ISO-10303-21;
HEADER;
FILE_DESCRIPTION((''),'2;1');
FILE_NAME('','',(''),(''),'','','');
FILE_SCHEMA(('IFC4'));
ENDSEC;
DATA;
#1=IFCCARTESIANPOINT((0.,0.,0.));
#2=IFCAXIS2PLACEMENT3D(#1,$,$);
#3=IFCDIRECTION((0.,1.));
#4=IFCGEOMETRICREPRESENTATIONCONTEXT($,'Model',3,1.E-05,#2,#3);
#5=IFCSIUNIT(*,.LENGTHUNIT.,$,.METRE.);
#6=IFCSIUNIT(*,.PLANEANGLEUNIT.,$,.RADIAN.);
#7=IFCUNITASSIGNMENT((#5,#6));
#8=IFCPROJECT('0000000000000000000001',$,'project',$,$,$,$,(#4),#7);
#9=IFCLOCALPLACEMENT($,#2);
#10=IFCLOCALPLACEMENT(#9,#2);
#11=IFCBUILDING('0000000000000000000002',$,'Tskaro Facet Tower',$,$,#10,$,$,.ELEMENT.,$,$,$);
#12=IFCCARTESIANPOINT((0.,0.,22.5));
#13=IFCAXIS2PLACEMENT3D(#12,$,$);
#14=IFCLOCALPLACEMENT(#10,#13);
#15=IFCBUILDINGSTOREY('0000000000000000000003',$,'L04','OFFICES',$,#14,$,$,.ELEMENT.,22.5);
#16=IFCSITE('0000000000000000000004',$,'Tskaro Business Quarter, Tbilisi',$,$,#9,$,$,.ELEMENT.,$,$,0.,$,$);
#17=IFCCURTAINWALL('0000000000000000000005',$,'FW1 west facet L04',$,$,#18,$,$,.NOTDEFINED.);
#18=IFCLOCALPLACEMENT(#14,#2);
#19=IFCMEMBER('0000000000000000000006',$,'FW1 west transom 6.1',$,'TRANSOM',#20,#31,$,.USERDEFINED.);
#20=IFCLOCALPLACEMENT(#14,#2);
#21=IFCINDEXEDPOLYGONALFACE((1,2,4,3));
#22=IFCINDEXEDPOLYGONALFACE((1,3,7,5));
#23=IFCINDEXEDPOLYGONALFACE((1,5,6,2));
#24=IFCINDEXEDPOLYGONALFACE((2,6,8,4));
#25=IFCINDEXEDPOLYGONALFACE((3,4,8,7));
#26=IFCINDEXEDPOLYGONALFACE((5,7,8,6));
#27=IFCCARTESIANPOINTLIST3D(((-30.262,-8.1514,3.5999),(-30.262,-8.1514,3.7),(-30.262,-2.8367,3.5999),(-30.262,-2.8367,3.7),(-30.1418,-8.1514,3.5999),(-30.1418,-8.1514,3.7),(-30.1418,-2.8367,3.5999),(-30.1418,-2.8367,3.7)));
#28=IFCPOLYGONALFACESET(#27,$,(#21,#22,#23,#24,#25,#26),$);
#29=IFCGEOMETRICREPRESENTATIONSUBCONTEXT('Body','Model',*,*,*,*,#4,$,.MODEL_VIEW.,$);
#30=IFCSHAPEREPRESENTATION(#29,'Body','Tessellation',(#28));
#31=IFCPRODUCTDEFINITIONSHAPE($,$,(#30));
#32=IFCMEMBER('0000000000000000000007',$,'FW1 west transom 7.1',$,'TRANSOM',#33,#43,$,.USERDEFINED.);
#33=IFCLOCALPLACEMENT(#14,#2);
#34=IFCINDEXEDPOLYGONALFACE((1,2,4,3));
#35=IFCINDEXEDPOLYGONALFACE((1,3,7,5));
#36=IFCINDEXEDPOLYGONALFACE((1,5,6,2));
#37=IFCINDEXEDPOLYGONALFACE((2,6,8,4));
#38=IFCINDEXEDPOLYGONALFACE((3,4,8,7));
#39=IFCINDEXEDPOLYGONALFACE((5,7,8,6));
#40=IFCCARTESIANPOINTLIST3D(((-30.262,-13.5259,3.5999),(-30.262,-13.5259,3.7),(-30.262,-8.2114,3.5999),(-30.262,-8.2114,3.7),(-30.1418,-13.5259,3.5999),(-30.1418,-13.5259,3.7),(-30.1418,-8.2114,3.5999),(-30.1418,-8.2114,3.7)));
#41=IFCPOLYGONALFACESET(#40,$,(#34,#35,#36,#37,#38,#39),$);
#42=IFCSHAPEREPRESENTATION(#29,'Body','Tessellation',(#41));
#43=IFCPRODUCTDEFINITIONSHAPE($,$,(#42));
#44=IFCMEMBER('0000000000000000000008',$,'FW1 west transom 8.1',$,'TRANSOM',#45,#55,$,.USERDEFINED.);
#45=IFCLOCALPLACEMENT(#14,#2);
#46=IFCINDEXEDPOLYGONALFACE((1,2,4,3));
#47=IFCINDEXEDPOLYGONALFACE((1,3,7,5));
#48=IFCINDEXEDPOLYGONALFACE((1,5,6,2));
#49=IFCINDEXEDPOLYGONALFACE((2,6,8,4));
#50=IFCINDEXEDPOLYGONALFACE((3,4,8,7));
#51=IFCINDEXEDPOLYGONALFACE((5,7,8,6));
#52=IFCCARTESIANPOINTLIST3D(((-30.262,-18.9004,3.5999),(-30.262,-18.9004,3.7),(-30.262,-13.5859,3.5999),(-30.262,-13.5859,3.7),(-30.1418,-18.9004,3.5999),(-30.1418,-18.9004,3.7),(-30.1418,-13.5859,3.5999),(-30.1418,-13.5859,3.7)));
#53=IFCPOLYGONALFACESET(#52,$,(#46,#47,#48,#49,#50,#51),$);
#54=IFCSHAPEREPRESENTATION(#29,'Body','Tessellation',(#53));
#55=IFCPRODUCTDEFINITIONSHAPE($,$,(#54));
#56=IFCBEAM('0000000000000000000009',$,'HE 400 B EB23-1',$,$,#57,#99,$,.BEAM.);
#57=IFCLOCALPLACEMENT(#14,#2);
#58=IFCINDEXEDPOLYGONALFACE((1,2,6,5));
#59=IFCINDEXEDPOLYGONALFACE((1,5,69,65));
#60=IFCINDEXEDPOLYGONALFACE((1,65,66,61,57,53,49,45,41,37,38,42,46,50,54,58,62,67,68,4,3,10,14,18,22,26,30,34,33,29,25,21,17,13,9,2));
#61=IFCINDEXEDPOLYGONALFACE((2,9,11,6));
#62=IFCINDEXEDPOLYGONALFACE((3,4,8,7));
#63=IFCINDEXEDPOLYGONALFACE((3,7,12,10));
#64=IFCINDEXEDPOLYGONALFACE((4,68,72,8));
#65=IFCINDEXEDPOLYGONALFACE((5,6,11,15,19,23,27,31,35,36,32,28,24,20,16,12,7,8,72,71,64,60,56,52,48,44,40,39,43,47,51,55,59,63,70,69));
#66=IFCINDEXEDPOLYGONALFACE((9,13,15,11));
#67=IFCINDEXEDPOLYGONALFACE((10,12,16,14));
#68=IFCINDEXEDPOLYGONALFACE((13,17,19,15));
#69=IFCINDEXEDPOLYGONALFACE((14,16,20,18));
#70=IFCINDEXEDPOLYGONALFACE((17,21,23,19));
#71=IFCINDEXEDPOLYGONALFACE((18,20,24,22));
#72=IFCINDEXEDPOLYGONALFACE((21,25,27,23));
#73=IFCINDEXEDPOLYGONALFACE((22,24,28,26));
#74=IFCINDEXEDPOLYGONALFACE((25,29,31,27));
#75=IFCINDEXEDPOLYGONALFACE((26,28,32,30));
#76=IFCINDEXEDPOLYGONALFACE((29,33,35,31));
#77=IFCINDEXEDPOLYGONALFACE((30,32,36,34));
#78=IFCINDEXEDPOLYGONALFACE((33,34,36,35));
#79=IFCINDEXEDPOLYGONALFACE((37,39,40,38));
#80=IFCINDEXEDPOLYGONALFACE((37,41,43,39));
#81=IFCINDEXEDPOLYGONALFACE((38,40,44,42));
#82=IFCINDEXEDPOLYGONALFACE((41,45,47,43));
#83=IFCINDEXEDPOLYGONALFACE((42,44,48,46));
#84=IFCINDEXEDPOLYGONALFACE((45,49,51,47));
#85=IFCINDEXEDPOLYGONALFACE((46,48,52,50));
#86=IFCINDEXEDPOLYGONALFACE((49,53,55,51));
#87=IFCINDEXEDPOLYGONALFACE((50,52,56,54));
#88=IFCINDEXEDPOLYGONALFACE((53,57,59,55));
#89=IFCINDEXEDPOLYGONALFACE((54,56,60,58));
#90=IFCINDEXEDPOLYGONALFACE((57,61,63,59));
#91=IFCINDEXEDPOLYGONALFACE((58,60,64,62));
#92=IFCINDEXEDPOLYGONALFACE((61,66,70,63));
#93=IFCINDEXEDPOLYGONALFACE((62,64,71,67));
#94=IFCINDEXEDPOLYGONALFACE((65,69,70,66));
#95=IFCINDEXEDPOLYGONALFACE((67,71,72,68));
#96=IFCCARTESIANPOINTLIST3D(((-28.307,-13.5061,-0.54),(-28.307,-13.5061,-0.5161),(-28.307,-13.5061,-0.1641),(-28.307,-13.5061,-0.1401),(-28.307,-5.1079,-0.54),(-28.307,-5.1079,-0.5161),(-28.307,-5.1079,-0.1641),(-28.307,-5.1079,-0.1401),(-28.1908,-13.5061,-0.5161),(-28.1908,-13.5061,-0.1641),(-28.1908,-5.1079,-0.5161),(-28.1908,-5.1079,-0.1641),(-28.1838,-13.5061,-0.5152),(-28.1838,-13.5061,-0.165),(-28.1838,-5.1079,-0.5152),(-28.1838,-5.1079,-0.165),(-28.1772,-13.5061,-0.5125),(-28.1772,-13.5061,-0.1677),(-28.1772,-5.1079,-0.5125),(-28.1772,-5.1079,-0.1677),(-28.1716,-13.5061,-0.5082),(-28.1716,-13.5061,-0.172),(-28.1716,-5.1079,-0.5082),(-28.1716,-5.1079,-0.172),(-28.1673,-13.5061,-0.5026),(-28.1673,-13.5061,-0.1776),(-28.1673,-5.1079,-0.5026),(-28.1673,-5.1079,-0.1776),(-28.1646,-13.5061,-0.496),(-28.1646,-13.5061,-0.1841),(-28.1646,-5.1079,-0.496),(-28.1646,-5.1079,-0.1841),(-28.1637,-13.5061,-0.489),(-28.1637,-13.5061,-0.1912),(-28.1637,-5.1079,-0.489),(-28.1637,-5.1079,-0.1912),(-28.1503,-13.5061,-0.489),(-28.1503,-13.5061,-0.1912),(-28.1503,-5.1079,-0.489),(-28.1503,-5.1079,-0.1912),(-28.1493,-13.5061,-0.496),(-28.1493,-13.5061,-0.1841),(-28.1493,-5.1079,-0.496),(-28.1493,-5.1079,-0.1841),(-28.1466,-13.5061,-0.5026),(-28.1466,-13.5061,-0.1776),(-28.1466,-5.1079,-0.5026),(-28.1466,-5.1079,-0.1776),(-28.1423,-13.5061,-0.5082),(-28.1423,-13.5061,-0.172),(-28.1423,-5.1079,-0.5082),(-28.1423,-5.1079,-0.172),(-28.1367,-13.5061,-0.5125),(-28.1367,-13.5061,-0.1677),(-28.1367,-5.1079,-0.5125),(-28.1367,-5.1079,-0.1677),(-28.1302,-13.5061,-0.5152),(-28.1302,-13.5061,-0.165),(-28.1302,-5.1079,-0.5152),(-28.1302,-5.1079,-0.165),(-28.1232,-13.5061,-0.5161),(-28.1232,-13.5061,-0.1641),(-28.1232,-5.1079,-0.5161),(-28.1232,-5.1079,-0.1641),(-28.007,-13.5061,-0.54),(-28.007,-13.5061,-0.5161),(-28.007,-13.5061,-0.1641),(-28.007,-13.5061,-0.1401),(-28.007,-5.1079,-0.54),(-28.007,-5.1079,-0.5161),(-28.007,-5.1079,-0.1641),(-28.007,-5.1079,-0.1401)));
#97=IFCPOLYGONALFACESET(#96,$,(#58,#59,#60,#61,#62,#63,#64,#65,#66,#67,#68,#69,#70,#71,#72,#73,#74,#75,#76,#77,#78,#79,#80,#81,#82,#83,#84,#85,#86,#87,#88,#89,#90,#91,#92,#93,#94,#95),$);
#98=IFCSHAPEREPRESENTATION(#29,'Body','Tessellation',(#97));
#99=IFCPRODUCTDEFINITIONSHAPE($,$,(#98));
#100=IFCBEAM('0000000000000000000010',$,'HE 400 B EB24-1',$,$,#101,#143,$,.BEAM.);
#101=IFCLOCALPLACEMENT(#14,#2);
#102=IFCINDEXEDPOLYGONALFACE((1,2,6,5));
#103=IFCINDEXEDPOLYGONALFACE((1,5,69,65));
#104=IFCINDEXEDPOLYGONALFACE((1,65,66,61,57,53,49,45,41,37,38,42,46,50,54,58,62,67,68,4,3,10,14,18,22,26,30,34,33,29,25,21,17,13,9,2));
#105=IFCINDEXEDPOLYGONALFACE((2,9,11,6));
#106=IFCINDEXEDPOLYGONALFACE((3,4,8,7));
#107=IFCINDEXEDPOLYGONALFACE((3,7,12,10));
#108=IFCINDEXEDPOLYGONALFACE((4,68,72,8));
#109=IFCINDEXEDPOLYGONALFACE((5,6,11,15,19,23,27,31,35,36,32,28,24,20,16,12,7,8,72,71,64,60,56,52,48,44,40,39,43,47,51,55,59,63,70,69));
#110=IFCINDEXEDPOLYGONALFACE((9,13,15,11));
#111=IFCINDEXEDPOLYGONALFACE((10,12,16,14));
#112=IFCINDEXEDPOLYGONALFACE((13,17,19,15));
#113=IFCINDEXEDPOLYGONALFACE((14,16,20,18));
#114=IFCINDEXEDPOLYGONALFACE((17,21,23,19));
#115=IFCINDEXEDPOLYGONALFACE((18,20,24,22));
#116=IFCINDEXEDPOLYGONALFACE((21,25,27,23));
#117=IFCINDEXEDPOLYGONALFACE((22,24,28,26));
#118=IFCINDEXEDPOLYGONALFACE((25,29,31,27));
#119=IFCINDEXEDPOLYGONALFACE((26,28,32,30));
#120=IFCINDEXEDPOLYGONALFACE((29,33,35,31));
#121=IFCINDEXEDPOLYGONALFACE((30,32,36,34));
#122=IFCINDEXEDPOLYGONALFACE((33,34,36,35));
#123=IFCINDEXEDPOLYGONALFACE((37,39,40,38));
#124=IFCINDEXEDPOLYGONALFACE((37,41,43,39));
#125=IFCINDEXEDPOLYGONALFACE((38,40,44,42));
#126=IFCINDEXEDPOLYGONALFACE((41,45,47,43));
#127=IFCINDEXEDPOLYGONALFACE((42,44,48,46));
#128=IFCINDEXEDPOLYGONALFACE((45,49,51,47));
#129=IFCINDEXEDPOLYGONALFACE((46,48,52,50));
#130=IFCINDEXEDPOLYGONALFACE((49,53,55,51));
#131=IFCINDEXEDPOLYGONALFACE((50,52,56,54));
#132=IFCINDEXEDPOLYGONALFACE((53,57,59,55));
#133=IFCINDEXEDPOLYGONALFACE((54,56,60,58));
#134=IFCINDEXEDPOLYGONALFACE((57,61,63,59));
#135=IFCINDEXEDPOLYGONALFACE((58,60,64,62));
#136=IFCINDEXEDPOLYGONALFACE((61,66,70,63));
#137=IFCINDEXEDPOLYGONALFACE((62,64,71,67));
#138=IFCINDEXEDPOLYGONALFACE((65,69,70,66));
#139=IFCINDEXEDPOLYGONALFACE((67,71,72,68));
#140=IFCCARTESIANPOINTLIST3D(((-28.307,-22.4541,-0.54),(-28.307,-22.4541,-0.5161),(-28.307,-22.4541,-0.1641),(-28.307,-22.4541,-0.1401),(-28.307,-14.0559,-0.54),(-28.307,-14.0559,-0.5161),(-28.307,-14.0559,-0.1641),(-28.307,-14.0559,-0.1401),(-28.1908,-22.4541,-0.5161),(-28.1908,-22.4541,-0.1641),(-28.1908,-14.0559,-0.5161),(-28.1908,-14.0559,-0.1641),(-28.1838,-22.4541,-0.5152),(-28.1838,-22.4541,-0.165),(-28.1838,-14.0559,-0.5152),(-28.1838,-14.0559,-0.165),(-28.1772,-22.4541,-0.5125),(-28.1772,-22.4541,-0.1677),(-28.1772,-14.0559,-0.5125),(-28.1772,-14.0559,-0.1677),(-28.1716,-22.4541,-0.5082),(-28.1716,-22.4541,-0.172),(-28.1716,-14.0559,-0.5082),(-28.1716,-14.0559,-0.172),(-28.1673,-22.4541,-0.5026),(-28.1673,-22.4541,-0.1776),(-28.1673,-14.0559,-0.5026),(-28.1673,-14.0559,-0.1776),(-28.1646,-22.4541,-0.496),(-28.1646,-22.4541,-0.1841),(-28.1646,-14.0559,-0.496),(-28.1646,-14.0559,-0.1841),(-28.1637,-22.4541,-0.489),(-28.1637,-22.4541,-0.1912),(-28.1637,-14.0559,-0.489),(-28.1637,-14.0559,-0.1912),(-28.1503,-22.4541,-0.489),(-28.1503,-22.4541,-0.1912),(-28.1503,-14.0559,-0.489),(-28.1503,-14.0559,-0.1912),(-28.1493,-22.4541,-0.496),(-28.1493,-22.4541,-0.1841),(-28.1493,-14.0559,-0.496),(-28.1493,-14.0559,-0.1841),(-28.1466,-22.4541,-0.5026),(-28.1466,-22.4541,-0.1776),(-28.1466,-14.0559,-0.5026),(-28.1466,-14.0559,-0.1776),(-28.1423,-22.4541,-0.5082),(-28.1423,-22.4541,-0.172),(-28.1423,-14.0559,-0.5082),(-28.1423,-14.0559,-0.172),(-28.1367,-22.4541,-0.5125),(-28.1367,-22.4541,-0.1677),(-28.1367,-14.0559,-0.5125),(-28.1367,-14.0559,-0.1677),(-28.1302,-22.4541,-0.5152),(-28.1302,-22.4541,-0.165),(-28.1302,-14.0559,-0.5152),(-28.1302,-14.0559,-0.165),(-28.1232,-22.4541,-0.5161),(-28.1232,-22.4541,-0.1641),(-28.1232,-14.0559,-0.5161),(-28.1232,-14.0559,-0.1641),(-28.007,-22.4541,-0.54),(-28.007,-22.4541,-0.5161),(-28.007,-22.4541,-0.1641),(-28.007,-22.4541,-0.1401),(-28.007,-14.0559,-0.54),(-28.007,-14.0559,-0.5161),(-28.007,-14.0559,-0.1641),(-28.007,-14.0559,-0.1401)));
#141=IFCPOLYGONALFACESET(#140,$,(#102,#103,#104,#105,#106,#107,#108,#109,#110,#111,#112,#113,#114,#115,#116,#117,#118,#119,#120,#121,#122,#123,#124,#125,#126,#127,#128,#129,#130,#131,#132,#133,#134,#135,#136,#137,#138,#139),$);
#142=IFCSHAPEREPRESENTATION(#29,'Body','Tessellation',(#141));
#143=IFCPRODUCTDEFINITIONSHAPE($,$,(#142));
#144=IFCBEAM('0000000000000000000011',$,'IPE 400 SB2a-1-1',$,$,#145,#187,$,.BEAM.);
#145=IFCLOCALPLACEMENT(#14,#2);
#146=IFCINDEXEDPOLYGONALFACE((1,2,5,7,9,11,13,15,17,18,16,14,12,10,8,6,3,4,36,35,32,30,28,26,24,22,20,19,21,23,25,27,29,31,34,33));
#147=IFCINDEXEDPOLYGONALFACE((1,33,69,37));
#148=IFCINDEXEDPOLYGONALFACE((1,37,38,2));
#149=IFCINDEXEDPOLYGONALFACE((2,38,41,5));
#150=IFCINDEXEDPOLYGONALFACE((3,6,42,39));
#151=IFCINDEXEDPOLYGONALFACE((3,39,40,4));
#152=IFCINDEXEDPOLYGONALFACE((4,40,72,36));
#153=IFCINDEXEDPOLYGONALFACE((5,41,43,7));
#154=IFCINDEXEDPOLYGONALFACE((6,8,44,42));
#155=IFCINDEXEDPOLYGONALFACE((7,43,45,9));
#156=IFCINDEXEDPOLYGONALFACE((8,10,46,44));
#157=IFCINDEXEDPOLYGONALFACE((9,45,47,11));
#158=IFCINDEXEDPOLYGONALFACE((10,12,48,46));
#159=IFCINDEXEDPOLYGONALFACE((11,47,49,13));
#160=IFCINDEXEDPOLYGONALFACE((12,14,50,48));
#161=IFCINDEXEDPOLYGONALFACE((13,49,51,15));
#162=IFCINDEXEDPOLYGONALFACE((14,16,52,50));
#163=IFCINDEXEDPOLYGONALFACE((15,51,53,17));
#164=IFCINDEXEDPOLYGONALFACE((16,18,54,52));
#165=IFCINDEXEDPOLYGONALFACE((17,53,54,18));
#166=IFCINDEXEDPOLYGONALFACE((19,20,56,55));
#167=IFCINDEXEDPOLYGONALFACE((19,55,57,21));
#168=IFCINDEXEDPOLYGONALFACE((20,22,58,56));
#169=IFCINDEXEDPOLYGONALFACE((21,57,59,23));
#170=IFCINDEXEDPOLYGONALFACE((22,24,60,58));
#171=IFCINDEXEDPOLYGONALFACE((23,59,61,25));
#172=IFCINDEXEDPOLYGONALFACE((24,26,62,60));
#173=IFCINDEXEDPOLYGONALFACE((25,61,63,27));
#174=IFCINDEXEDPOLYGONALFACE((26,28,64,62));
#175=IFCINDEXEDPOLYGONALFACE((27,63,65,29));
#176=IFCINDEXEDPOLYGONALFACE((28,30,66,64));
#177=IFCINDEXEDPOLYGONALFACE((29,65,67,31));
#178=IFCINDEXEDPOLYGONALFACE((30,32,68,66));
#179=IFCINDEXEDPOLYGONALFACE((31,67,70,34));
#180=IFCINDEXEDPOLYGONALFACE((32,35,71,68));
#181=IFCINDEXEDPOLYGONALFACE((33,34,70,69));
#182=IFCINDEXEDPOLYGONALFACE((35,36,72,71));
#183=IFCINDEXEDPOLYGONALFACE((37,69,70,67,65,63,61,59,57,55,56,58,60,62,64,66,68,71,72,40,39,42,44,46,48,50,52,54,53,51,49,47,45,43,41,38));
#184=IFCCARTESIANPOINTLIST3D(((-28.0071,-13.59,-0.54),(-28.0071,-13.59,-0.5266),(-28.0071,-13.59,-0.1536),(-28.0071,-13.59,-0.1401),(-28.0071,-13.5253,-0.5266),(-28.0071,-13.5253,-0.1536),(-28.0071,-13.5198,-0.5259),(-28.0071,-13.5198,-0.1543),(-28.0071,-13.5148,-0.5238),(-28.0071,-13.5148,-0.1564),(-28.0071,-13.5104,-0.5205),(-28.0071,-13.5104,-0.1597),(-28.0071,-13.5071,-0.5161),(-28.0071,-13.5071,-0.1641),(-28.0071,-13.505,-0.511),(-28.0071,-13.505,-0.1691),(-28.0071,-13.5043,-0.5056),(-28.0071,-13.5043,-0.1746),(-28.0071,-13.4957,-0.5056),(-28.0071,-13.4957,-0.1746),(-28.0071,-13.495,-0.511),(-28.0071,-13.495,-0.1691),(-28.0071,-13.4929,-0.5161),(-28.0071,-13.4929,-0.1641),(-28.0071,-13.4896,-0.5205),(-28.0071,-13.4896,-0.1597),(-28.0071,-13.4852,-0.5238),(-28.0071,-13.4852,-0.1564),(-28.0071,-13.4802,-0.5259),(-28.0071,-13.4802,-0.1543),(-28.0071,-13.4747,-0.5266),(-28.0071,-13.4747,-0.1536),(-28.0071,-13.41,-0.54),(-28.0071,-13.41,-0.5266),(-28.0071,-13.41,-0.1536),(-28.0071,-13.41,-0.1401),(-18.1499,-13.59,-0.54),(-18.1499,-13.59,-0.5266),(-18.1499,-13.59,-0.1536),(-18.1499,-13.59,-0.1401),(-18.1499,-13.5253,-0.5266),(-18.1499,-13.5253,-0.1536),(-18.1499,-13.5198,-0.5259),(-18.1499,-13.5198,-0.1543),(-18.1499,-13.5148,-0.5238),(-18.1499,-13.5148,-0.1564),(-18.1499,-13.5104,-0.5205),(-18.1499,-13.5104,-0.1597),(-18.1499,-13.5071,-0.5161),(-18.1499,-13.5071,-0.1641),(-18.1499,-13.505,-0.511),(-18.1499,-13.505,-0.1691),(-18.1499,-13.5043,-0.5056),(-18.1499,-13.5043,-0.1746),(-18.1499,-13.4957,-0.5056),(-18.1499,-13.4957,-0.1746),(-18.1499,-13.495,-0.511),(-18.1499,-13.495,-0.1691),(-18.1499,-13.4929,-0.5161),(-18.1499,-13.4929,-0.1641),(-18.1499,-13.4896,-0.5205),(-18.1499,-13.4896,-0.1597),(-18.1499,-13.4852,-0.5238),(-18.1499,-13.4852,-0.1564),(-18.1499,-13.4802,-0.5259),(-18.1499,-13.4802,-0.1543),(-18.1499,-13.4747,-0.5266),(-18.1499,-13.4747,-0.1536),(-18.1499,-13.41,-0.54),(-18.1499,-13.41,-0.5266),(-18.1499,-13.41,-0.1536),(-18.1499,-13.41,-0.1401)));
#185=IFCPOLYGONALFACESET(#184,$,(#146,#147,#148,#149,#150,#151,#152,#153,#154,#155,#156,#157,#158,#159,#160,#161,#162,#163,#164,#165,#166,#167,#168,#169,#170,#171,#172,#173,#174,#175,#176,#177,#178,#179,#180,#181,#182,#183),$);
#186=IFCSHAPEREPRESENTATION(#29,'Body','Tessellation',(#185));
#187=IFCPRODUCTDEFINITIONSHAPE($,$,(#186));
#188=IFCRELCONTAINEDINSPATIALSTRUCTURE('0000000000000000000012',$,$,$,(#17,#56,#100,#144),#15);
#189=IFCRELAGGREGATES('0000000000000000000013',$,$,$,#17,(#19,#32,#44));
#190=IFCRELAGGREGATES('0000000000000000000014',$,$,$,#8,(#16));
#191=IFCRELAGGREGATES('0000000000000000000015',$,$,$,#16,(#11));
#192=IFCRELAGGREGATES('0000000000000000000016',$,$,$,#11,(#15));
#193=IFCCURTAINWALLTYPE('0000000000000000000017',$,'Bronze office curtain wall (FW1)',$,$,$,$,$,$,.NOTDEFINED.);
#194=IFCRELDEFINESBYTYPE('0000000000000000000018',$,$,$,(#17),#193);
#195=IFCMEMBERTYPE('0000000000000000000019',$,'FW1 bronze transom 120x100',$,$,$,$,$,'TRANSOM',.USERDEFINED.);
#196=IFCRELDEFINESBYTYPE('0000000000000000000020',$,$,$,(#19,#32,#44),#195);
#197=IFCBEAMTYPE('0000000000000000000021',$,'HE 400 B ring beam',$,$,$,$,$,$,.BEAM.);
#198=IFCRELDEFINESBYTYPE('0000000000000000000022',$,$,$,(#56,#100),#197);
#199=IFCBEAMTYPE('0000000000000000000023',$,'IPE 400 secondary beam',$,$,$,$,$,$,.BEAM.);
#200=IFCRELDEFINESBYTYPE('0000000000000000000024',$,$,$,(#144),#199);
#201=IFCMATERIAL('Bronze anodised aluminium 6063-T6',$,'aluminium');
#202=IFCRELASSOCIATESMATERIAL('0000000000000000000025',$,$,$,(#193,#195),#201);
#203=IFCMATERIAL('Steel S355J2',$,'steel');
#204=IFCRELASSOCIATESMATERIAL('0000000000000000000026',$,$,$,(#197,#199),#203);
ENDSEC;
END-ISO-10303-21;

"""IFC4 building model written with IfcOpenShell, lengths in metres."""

from ifc_helpers import new_model, si_unit, direction, frame, origin, origin_2d, place, context, subcontext, project, spatial, rectangle, i_section, extrude, material, material_profile, profile_set, type_object, element, aggregate, save


model = new_model("IFC4")

# Units and contexts
model_context = context("Model", 3, precision=1e-05, world=origin(), true_north=direction((0.0, 1.0)))
body_context = subcontext(model_context, "Body", "Model", "MODEL_VIEW")
ifc_project = project(units=[si_unit("LENGTHUNIT", "METRE"), si_unit("PLANEANGLEUNIT", "RADIAN")], contexts=[model_context])

# Site, building, storey
site_placement = place(None, origin())
site = spatial("IfcSite", under=ifc_project, at=site_placement, Name="Tskaro Business Quarter, Tbilisi", CompositionType="ELEMENT", RefElevation=0.0)
building_placement = place(site_placement, origin())
building = spatial("IfcBuilding", under=site, at=building_placement, Name="Tskaro Facet Tower", CompositionType="ELEMENT")
storey_placement = place(building_placement, frame((0.0, 0.0, 22.5)))
storey = spatial("IfcBuildingStorey", under=building, at=storey_placement, Name="L04", Description="OFFICES", CompositionType="ELEMENT", Elevation=22.5)

# Curtain wall, members
ifc_material_1 = material(Name="Bronze anodised aluminium 6063-T6", Category="aluminium")
curtain_wall_type = type_object("IfcCurtainWallType", Name="Bronze office curtain wall (FW1)", PredefinedType="NOTDEFINED", material=ifc_material_1)
curtain_wall_placement = place(storey_placement, origin())
curtain_wall = element("IfcCurtainWall", 1, at=curtain_wall_placement, inside=storey, type_object=curtain_wall_type, Name="FW1 west facet L04", PredefinedType="NOTDEFINED")
ifc_material_profile_1 = material_profile(ifc_material_1, rectangle(XDim=0.1201, YDim=0.1001, at=origin_2d()), Name="Transom 120x100")
ifc_profile_set_1 = profile_set([ifc_material_profile_1], Name="Bronze anodised aluminium 6063-T6")
member_type_1 = type_object("IfcMemberType", Name="FW1 bronze transom 120x100", ElementType="TRANSOM", PredefinedType="USERDEFINED", material=ifc_profile_set_1)
member_1_placement = place(storey_placement, frame((-30.2019, -2.8367, 3.6499), z_axis=(0.0, -1.0, 0.0), x_axis=(1.0, 0.0, 0.0)))
member_1 = element("IfcMember", 2, at=member_1_placement, type_object=member_type_1, Name="FW1 west transom 6.1", ObjectType="TRANSOM", PredefinedType="USERDEFINED", context=body_context, shape_type="SweptSolid", body=[
    extrude(rectangle(XDim=0.1201, YDim=0.1001, at=origin_2d()), origin(), (0.0, 0.0, 1.0), 5.3147),
])
member_2_placement = place(storey_placement, frame((-30.2019, -8.2114, 3.6499), z_axis=(0.0, -1.0, 0.0), x_axis=(1.0, 0.0, 0.0)))
member_2 = element("IfcMember", 3, at=member_2_placement, type_object=member_type_1, Name="FW1 west transom 7.1", ObjectType="TRANSOM", PredefinedType="USERDEFINED", context=body_context, shape_type="SweptSolid", body=[
    extrude(rectangle(XDim=0.1201, YDim=0.1001, at=origin_2d()), origin(), (0.0, 0.0, 1.0), 5.3145),
])
member_3_placement = place(storey_placement, frame((-30.2019, -13.5859, 3.6499), z_axis=(0.0, -1.0, 0.0), x_axis=(1.0, 0.0, 0.0)))
member_3 = element("IfcMember", 4, at=member_3_placement, type_object=member_type_1, Name="FW1 west transom 8.1", ObjectType="TRANSOM", PredefinedType="USERDEFINED", context=body_context, shape_type="SweptSolid", body=[
    extrude(rectangle(XDim=0.1201, YDim=0.1001, at=origin_2d()), origin(), (0.0, 0.0, 1.0), 5.3145),
])

# Beams
ifc_material_2 = material(Name="Steel S355J2", Category="steel")
ifc_material_profile_2 = material_profile(ifc_material_2, i_section(OverallWidth=0.3, OverallDepth=0.3999, WebThickness=0.0134, FlangeThickness=0.0239, FilletRadius=0.0271, at=origin_2d()), Name="HE 400 B")
ifc_profile_set_2 = profile_set([ifc_material_profile_2], Name="Steel S355J2")
beam_type_1 = type_object("IfcBeamType", Name="HE 400 B ring beam", PredefinedType="BEAM", material=ifc_profile_set_2)
for number, where, z_axis, x_axis, name in (
    (5, (-28.157, -5.1079, -0.3401), (0.0, -1.0, 0.0), (1.0, 0.0, 0.0), "HE 400 B EB23-1"),
    (6, (-28.157, -14.0559, -0.3401), (0.0, -1.0, 0.0), (1.0, 0.0, 0.0), "HE 400 B EB24-1"),
):
    element("IfcBeam", number, at=place(storey_placement, frame(where, z_axis=z_axis, x_axis=x_axis)), inside=storey, type_object=beam_type_1, Name=name, PredefinedType="BEAM", context=body_context, shape_type="SweptSolid", body=[
        extrude(i_section(OverallWidth=0.3, OverallDepth=0.3999, WebThickness=0.0134, FlangeThickness=0.0239, FilletRadius=0.0271, at=origin_2d()), origin(), (0.0, 0.0, 1.0), 8.3982),
    ])
ifc_material_profile_3 = material_profile(ifc_material_2, i_section(OverallWidth=0.1799, OverallDepth=0.3999, WebThickness=0.0085, FlangeThickness=0.0134, FilletRadius=0.021, at=origin_2d()), Name="IPE 400")
ifc_profile_set_3 = profile_set([ifc_material_profile_3], Name="Steel S355J2")
beam_type_2 = type_object("IfcBeamType", Name="IPE 400 secondary beam", PredefinedType="BEAM", material=ifc_profile_set_3)
for number, where, z_axis, x_axis, name in (
    (7, (-28.0071, -13.5, -0.3401), (1.0, 0.0, 0.0), (0.0, 1.0, 0.0), "IPE 400 SB2a-1-1"),
):
    element("IfcBeam", number, at=place(storey_placement, frame(where, z_axis=z_axis, x_axis=x_axis)), inside=storey, type_object=beam_type_2, Name=name, PredefinedType="BEAM", context=body_context, shape_type="SweptSolid", body=[
        extrude(i_section(OverallWidth=0.1799, OverallDepth=0.3999, WebThickness=0.0085, FlangeThickness=0.0134, FilletRadius=0.021, at=origin_2d()), origin(), (0.0, 0.0, 1.0), 9.8572),
    ])

aggregate(curtain_wall, [member_1, member_2, member_3])

save(model, "model.ifc")
